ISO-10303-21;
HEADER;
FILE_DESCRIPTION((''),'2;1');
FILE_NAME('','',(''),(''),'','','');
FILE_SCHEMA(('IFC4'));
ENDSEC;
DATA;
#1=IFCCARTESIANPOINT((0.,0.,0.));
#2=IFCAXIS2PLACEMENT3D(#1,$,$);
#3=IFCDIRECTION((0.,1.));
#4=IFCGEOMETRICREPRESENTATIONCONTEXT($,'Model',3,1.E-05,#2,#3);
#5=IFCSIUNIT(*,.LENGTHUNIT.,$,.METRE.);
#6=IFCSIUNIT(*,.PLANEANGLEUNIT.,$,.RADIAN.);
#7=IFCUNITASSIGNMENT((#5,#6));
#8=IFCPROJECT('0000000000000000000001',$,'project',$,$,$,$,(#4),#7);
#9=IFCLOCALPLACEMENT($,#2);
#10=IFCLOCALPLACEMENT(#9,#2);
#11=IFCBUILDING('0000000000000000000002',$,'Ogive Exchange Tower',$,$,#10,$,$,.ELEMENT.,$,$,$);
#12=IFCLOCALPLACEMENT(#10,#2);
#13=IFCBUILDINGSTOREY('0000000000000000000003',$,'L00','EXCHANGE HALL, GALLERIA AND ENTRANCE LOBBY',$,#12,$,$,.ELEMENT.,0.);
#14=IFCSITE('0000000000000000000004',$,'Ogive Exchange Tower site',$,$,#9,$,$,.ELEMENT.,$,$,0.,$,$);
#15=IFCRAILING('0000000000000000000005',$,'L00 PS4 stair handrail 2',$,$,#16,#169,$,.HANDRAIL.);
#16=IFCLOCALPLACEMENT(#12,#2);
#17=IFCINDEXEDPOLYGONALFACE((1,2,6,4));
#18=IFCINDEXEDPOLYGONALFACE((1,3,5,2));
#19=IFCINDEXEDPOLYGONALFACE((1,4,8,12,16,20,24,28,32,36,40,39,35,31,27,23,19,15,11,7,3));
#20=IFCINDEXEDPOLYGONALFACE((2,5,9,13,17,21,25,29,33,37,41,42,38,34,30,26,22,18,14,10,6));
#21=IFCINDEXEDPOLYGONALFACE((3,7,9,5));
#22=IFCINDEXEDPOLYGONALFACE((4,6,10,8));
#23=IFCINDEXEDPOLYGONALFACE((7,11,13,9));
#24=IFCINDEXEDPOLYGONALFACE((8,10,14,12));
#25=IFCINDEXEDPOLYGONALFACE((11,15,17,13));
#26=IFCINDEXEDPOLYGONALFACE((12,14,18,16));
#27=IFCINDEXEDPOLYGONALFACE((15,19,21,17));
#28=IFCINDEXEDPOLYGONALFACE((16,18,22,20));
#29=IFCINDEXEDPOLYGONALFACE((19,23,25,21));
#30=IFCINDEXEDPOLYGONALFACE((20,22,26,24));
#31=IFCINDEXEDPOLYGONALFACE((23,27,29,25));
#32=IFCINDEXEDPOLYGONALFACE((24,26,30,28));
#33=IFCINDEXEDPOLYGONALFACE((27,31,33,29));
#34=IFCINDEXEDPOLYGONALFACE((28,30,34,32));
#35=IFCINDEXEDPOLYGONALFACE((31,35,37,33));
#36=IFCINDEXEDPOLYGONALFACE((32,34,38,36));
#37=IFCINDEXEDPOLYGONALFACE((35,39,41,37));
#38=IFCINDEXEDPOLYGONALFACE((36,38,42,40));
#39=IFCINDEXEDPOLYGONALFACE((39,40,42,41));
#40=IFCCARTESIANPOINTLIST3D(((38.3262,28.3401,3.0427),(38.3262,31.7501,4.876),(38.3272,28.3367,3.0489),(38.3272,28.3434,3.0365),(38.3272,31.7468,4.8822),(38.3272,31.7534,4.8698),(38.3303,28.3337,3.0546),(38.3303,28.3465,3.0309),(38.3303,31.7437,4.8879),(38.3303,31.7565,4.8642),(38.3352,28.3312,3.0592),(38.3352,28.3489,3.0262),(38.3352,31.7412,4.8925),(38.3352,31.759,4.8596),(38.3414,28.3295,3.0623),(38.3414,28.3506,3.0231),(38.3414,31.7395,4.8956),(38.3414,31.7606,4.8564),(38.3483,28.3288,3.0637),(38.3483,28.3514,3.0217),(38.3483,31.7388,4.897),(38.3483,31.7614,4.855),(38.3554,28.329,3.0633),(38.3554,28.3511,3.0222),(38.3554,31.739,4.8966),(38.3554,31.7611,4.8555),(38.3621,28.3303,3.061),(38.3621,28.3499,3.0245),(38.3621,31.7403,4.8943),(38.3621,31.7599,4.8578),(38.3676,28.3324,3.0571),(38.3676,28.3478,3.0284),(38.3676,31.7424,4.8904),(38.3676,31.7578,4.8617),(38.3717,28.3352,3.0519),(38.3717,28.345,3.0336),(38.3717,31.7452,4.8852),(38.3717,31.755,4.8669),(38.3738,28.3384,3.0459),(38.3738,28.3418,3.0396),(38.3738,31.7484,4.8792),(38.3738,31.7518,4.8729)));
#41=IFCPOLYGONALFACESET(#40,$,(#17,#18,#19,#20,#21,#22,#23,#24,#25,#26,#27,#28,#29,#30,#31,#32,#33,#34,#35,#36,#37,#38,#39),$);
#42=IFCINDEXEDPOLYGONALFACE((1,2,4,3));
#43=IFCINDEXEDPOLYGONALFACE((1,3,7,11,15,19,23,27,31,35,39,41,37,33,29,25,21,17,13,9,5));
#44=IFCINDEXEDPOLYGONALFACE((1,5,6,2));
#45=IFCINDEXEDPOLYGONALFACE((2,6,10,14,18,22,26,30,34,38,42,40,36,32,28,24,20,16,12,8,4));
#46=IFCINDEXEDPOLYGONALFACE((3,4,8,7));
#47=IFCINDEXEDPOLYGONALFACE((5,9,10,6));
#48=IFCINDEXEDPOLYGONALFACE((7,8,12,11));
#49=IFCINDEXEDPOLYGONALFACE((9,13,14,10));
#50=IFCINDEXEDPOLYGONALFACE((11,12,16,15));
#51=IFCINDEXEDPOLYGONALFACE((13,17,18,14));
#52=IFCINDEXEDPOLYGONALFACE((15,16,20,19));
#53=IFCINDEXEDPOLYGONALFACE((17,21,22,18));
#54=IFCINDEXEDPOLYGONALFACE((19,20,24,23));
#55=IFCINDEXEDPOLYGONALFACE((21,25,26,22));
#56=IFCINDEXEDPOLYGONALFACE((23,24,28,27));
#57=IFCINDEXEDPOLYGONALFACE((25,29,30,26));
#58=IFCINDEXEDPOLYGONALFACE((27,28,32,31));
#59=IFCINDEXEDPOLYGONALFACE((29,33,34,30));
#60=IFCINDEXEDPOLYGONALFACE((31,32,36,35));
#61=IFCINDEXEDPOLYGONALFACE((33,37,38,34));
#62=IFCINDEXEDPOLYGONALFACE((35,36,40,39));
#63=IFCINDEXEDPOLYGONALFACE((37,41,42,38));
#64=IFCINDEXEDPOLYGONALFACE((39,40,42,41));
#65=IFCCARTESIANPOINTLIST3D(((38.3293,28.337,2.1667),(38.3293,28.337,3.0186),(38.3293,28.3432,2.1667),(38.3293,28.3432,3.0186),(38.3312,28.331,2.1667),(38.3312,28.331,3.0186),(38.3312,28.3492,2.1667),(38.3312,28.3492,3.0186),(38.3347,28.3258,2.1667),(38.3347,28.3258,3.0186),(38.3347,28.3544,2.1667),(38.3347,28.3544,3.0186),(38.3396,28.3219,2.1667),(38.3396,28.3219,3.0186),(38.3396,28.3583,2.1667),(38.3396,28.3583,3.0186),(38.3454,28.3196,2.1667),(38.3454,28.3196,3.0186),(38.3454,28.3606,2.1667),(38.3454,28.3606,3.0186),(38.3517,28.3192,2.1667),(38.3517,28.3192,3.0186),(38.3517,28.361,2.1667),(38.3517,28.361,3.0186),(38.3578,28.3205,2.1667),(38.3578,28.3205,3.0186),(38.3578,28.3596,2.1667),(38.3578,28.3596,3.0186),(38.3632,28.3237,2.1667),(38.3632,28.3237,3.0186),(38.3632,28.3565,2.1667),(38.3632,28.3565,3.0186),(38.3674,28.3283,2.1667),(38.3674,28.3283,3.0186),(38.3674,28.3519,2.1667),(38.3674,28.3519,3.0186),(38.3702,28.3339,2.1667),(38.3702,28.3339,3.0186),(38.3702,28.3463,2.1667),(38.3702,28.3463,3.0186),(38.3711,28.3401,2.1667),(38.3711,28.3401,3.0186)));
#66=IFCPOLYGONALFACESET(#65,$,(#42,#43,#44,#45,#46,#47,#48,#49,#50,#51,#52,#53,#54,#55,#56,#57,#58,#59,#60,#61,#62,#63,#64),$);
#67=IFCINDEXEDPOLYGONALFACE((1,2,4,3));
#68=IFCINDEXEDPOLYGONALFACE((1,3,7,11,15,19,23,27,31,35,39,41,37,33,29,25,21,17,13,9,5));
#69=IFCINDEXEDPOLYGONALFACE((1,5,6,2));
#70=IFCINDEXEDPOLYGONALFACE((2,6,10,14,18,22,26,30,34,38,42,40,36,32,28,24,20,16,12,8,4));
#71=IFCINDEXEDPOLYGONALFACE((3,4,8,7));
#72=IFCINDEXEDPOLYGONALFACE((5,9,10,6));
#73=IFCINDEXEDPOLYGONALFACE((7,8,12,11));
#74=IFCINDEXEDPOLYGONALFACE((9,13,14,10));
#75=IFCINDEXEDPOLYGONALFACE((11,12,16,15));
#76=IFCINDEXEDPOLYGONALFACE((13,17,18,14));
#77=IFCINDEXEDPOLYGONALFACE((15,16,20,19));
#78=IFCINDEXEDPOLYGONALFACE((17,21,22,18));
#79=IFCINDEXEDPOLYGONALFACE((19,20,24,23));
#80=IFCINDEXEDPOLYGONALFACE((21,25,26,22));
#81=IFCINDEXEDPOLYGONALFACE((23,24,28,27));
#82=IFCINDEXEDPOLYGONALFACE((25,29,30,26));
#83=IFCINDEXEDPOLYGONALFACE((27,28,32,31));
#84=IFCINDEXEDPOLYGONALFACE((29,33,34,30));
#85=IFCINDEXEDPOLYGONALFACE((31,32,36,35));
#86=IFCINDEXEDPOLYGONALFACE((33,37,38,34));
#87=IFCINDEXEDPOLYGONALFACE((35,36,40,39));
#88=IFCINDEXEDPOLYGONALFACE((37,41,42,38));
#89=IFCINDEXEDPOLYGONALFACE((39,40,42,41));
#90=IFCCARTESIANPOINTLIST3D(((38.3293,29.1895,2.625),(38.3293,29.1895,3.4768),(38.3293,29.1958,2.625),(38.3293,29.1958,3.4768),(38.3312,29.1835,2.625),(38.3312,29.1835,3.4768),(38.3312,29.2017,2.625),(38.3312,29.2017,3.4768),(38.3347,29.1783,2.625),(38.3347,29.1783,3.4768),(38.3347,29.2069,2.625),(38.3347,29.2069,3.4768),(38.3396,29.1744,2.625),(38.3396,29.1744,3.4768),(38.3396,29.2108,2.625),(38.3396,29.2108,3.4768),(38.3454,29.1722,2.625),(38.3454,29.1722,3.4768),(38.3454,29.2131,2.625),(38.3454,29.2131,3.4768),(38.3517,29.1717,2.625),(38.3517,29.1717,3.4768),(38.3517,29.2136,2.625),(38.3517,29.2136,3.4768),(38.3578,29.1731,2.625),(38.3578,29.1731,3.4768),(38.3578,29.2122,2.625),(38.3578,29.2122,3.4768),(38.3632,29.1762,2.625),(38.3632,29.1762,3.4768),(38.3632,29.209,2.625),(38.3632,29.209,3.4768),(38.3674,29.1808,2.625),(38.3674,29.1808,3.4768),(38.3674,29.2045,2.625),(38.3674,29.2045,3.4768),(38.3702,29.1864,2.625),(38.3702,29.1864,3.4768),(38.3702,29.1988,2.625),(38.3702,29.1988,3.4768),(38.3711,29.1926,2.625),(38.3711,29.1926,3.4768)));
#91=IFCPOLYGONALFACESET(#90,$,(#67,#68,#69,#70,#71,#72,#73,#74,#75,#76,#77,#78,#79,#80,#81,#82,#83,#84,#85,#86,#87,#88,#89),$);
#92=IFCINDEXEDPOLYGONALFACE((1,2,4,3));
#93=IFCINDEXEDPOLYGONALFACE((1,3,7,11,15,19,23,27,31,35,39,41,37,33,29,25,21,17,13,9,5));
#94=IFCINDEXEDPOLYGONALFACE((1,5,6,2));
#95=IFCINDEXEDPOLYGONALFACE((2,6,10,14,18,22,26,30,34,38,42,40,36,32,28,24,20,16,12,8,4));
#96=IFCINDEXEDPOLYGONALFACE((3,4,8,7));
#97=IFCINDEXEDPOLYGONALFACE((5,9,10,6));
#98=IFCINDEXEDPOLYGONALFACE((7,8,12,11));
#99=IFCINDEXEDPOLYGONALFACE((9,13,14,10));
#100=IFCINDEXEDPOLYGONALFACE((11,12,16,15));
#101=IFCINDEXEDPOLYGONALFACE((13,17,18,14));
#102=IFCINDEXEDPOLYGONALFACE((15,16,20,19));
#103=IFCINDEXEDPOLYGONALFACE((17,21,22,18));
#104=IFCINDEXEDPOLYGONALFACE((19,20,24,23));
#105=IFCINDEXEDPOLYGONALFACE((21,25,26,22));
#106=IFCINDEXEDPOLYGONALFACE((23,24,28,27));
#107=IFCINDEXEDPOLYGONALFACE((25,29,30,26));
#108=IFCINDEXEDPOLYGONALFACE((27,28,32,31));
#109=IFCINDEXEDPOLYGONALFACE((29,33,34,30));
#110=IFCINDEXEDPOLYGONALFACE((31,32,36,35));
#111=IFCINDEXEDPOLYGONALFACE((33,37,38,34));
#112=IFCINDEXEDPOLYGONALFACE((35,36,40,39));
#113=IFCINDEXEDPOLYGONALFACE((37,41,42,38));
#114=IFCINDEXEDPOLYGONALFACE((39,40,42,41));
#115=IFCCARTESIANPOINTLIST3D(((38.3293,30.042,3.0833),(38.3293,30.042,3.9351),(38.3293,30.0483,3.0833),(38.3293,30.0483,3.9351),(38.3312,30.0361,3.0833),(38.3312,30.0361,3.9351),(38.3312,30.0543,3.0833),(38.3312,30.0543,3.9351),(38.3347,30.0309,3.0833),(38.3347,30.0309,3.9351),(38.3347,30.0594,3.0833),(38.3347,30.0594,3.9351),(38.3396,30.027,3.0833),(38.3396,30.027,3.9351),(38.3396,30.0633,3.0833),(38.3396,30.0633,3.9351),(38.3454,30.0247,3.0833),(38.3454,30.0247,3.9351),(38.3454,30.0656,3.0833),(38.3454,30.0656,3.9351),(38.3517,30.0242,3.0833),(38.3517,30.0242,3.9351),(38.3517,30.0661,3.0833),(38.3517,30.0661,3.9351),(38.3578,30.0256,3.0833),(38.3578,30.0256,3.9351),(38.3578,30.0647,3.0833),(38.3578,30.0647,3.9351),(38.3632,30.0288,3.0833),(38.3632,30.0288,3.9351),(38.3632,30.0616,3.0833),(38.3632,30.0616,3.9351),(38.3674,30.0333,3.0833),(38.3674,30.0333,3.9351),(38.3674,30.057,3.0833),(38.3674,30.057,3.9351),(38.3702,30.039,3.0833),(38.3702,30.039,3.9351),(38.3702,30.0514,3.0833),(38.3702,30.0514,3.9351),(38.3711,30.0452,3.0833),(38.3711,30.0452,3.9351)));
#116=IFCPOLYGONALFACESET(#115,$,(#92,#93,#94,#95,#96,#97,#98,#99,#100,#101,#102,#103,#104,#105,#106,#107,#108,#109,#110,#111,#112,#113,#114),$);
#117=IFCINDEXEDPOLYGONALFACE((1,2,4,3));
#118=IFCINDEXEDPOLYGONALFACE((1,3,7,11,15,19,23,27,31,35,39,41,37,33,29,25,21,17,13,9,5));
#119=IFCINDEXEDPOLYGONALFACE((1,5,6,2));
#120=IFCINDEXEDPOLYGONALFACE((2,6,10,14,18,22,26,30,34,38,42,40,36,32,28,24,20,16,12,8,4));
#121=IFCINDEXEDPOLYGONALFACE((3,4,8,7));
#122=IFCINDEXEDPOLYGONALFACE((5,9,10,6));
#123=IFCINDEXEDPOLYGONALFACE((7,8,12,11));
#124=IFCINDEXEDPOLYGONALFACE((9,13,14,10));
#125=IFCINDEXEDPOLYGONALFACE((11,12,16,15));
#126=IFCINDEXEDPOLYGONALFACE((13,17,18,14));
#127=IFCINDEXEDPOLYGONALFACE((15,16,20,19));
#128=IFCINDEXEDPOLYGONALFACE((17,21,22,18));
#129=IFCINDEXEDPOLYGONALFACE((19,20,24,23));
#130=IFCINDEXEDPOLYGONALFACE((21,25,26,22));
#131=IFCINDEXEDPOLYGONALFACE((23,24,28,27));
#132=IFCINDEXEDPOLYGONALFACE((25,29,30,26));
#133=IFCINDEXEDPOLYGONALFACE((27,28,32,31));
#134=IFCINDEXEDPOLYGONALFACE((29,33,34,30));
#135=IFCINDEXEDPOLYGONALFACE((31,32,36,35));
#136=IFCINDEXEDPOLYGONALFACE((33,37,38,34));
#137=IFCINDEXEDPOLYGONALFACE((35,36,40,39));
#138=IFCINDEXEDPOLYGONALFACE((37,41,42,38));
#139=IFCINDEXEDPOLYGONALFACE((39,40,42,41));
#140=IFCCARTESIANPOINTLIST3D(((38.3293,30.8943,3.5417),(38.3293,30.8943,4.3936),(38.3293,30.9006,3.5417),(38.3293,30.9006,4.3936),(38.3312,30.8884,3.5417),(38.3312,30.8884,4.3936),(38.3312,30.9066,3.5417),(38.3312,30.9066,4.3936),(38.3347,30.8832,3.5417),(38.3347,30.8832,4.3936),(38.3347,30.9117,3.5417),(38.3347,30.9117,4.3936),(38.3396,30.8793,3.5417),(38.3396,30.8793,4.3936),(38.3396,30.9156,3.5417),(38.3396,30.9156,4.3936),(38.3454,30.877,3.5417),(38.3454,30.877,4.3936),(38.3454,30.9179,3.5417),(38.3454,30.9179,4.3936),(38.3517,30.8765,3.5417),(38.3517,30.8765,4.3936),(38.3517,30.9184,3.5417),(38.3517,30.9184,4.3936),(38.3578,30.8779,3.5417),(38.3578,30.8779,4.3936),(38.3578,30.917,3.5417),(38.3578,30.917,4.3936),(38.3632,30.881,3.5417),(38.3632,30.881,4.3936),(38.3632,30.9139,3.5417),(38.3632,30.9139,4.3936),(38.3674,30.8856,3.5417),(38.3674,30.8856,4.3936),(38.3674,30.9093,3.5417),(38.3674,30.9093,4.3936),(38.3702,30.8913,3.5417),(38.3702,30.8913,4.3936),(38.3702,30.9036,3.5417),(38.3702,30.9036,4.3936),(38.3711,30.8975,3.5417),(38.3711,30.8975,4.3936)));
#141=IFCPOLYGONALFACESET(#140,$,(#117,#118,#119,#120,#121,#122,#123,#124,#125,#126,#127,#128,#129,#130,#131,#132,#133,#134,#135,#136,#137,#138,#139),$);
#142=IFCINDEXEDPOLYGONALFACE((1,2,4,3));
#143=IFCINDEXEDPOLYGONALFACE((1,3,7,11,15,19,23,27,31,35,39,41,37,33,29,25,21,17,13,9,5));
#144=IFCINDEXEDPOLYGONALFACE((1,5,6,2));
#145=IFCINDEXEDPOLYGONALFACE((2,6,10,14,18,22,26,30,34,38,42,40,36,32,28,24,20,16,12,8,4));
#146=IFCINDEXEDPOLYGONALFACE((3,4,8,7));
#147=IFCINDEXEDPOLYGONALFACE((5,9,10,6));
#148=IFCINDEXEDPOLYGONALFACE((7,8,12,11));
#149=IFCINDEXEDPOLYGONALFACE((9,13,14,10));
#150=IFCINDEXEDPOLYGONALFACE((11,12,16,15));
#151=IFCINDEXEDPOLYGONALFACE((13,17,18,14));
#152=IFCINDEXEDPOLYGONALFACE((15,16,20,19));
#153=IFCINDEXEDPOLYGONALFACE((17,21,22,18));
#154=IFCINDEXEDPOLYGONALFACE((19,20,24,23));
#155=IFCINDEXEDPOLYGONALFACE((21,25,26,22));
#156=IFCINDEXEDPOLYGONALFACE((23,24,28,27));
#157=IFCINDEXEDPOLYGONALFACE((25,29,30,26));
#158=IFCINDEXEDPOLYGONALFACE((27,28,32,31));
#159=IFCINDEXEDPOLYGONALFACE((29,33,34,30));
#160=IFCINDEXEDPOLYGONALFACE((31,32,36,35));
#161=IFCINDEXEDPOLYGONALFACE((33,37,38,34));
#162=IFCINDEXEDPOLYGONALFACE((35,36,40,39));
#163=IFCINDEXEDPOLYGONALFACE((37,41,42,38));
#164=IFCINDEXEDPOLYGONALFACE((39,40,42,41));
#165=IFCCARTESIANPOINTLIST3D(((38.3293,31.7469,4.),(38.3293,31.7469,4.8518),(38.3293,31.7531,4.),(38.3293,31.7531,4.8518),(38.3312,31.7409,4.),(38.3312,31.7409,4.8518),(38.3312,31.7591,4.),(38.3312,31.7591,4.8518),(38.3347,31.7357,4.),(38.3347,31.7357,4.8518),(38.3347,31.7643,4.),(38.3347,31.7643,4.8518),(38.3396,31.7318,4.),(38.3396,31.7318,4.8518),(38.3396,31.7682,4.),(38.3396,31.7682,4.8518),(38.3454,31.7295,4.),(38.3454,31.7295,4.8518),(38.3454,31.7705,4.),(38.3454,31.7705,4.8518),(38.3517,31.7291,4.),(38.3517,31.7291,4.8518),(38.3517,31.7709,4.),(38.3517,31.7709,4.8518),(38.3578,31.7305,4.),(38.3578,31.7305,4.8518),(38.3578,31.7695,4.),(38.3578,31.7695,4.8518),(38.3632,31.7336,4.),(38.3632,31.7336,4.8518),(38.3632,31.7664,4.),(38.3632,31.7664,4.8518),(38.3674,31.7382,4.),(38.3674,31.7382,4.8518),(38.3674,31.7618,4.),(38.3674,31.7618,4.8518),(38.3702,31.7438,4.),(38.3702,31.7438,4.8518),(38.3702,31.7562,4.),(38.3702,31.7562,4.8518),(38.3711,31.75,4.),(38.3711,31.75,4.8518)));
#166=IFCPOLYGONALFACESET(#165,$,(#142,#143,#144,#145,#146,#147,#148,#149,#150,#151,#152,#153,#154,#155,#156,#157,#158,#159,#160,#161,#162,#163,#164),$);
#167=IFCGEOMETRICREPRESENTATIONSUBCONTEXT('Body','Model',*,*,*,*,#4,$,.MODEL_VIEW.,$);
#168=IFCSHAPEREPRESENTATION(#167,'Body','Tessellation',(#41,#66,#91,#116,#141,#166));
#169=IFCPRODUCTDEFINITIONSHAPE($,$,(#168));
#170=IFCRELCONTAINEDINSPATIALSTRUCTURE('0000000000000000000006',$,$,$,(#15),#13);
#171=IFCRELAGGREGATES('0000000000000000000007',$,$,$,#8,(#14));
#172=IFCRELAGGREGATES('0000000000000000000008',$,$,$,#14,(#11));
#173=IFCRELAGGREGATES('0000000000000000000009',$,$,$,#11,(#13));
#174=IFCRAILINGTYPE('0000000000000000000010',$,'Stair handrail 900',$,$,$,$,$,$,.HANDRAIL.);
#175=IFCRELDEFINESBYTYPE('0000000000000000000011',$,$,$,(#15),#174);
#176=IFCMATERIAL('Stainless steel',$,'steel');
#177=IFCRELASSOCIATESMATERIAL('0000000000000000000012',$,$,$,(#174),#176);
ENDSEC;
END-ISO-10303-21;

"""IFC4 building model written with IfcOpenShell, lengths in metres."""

from ifc_helpers import new_model, si_unit, direction, frame, origin, origin_2d, place, context, subcontext, project, spatial, circle, extrude, material, type_object, element, save


model = new_model("IFC4")

# Units and contexts
model_context = context("Model", 3, precision=1e-05, world=origin(), true_north=direction((0.0, 1.0)))
body_context = subcontext(model_context, "Body", "Model", "MODEL_VIEW")
ifc_project = project(units=[si_unit("LENGTHUNIT", "METRE"), si_unit("PLANEANGLEUNIT", "RADIAN")], contexts=[model_context])

# Site, building, storey
site_placement = place(None, origin())
site = spatial("IfcSite", under=ifc_project, at=site_placement, Name="Ogive Exchange Tower site", CompositionType="ELEMENT", RefElevation=0.0)
building_placement = place(site_placement, origin())
building = spatial("IfcBuilding", under=site, at=building_placement, Name="Ogive Exchange Tower", CompositionType="ELEMENT")
storey_placement = place(building_placement, origin())
storey = spatial("IfcBuildingStorey", under=building, at=storey_placement, Name="L00", Description="EXCHANGE HALL, GALLERIA AND ENTRANCE LOBBY", CompositionType="ELEMENT", Elevation=0.0)

# Railing
ifc_material_1 = material(Name="Stainless steel", Category="steel")
railing_type = type_object("IfcRailingType", Name="Stair handrail 900", PredefinedType="HANDRAIL", material=ifc_material_1)
railing_1_placement = place(storey_placement, frame((38.3501, 28.3401, 2.1667)))
element("IfcRailing", 1, at=railing_1_placement, inside=storey, type_object=railing_type, Name="L00 PS4 stair handrail 2", PredefinedType="HANDRAIL", context=body_context, shape_type="SweptSolid", body=[
    extrude(circle(Radius=0.0239, at=origin_2d()), frame((0.0, 0.0, 0.876), z_axis=(0.0, 0.880779, 0.473528), x_axis=(-1.0, 0.0, 0.0)), (0.0, 0.0, 1.0), 3.8716),
    extrude(circle(Radius=0.021, at=origin_2d()), origin(), (0.0, 0.0, 1.0), 0.8518),
    extrude(circle(Radius=0.021, at=origin_2d()), frame((0.0, 0.8525, 0.4583)), (0.0, 0.0, 1.0), 0.8518),
    extrude(circle(Radius=0.021, at=origin_2d()), frame((0.0, 1.7051, 0.9165)), (0.0, 0.0, 1.0), 0.8518),
    extrude(circle(Radius=0.021, at=origin_2d()), frame((0.0, 2.5574, 1.375)), (0.0, 0.0, 1.0), 0.8518),
    extrude(circle(Radius=0.021, at=origin_2d()), frame((0.0, 3.4099, 1.8333)), (0.0, 0.0, 1.0), 0.8518),
])

save(model, "model.ifc")
